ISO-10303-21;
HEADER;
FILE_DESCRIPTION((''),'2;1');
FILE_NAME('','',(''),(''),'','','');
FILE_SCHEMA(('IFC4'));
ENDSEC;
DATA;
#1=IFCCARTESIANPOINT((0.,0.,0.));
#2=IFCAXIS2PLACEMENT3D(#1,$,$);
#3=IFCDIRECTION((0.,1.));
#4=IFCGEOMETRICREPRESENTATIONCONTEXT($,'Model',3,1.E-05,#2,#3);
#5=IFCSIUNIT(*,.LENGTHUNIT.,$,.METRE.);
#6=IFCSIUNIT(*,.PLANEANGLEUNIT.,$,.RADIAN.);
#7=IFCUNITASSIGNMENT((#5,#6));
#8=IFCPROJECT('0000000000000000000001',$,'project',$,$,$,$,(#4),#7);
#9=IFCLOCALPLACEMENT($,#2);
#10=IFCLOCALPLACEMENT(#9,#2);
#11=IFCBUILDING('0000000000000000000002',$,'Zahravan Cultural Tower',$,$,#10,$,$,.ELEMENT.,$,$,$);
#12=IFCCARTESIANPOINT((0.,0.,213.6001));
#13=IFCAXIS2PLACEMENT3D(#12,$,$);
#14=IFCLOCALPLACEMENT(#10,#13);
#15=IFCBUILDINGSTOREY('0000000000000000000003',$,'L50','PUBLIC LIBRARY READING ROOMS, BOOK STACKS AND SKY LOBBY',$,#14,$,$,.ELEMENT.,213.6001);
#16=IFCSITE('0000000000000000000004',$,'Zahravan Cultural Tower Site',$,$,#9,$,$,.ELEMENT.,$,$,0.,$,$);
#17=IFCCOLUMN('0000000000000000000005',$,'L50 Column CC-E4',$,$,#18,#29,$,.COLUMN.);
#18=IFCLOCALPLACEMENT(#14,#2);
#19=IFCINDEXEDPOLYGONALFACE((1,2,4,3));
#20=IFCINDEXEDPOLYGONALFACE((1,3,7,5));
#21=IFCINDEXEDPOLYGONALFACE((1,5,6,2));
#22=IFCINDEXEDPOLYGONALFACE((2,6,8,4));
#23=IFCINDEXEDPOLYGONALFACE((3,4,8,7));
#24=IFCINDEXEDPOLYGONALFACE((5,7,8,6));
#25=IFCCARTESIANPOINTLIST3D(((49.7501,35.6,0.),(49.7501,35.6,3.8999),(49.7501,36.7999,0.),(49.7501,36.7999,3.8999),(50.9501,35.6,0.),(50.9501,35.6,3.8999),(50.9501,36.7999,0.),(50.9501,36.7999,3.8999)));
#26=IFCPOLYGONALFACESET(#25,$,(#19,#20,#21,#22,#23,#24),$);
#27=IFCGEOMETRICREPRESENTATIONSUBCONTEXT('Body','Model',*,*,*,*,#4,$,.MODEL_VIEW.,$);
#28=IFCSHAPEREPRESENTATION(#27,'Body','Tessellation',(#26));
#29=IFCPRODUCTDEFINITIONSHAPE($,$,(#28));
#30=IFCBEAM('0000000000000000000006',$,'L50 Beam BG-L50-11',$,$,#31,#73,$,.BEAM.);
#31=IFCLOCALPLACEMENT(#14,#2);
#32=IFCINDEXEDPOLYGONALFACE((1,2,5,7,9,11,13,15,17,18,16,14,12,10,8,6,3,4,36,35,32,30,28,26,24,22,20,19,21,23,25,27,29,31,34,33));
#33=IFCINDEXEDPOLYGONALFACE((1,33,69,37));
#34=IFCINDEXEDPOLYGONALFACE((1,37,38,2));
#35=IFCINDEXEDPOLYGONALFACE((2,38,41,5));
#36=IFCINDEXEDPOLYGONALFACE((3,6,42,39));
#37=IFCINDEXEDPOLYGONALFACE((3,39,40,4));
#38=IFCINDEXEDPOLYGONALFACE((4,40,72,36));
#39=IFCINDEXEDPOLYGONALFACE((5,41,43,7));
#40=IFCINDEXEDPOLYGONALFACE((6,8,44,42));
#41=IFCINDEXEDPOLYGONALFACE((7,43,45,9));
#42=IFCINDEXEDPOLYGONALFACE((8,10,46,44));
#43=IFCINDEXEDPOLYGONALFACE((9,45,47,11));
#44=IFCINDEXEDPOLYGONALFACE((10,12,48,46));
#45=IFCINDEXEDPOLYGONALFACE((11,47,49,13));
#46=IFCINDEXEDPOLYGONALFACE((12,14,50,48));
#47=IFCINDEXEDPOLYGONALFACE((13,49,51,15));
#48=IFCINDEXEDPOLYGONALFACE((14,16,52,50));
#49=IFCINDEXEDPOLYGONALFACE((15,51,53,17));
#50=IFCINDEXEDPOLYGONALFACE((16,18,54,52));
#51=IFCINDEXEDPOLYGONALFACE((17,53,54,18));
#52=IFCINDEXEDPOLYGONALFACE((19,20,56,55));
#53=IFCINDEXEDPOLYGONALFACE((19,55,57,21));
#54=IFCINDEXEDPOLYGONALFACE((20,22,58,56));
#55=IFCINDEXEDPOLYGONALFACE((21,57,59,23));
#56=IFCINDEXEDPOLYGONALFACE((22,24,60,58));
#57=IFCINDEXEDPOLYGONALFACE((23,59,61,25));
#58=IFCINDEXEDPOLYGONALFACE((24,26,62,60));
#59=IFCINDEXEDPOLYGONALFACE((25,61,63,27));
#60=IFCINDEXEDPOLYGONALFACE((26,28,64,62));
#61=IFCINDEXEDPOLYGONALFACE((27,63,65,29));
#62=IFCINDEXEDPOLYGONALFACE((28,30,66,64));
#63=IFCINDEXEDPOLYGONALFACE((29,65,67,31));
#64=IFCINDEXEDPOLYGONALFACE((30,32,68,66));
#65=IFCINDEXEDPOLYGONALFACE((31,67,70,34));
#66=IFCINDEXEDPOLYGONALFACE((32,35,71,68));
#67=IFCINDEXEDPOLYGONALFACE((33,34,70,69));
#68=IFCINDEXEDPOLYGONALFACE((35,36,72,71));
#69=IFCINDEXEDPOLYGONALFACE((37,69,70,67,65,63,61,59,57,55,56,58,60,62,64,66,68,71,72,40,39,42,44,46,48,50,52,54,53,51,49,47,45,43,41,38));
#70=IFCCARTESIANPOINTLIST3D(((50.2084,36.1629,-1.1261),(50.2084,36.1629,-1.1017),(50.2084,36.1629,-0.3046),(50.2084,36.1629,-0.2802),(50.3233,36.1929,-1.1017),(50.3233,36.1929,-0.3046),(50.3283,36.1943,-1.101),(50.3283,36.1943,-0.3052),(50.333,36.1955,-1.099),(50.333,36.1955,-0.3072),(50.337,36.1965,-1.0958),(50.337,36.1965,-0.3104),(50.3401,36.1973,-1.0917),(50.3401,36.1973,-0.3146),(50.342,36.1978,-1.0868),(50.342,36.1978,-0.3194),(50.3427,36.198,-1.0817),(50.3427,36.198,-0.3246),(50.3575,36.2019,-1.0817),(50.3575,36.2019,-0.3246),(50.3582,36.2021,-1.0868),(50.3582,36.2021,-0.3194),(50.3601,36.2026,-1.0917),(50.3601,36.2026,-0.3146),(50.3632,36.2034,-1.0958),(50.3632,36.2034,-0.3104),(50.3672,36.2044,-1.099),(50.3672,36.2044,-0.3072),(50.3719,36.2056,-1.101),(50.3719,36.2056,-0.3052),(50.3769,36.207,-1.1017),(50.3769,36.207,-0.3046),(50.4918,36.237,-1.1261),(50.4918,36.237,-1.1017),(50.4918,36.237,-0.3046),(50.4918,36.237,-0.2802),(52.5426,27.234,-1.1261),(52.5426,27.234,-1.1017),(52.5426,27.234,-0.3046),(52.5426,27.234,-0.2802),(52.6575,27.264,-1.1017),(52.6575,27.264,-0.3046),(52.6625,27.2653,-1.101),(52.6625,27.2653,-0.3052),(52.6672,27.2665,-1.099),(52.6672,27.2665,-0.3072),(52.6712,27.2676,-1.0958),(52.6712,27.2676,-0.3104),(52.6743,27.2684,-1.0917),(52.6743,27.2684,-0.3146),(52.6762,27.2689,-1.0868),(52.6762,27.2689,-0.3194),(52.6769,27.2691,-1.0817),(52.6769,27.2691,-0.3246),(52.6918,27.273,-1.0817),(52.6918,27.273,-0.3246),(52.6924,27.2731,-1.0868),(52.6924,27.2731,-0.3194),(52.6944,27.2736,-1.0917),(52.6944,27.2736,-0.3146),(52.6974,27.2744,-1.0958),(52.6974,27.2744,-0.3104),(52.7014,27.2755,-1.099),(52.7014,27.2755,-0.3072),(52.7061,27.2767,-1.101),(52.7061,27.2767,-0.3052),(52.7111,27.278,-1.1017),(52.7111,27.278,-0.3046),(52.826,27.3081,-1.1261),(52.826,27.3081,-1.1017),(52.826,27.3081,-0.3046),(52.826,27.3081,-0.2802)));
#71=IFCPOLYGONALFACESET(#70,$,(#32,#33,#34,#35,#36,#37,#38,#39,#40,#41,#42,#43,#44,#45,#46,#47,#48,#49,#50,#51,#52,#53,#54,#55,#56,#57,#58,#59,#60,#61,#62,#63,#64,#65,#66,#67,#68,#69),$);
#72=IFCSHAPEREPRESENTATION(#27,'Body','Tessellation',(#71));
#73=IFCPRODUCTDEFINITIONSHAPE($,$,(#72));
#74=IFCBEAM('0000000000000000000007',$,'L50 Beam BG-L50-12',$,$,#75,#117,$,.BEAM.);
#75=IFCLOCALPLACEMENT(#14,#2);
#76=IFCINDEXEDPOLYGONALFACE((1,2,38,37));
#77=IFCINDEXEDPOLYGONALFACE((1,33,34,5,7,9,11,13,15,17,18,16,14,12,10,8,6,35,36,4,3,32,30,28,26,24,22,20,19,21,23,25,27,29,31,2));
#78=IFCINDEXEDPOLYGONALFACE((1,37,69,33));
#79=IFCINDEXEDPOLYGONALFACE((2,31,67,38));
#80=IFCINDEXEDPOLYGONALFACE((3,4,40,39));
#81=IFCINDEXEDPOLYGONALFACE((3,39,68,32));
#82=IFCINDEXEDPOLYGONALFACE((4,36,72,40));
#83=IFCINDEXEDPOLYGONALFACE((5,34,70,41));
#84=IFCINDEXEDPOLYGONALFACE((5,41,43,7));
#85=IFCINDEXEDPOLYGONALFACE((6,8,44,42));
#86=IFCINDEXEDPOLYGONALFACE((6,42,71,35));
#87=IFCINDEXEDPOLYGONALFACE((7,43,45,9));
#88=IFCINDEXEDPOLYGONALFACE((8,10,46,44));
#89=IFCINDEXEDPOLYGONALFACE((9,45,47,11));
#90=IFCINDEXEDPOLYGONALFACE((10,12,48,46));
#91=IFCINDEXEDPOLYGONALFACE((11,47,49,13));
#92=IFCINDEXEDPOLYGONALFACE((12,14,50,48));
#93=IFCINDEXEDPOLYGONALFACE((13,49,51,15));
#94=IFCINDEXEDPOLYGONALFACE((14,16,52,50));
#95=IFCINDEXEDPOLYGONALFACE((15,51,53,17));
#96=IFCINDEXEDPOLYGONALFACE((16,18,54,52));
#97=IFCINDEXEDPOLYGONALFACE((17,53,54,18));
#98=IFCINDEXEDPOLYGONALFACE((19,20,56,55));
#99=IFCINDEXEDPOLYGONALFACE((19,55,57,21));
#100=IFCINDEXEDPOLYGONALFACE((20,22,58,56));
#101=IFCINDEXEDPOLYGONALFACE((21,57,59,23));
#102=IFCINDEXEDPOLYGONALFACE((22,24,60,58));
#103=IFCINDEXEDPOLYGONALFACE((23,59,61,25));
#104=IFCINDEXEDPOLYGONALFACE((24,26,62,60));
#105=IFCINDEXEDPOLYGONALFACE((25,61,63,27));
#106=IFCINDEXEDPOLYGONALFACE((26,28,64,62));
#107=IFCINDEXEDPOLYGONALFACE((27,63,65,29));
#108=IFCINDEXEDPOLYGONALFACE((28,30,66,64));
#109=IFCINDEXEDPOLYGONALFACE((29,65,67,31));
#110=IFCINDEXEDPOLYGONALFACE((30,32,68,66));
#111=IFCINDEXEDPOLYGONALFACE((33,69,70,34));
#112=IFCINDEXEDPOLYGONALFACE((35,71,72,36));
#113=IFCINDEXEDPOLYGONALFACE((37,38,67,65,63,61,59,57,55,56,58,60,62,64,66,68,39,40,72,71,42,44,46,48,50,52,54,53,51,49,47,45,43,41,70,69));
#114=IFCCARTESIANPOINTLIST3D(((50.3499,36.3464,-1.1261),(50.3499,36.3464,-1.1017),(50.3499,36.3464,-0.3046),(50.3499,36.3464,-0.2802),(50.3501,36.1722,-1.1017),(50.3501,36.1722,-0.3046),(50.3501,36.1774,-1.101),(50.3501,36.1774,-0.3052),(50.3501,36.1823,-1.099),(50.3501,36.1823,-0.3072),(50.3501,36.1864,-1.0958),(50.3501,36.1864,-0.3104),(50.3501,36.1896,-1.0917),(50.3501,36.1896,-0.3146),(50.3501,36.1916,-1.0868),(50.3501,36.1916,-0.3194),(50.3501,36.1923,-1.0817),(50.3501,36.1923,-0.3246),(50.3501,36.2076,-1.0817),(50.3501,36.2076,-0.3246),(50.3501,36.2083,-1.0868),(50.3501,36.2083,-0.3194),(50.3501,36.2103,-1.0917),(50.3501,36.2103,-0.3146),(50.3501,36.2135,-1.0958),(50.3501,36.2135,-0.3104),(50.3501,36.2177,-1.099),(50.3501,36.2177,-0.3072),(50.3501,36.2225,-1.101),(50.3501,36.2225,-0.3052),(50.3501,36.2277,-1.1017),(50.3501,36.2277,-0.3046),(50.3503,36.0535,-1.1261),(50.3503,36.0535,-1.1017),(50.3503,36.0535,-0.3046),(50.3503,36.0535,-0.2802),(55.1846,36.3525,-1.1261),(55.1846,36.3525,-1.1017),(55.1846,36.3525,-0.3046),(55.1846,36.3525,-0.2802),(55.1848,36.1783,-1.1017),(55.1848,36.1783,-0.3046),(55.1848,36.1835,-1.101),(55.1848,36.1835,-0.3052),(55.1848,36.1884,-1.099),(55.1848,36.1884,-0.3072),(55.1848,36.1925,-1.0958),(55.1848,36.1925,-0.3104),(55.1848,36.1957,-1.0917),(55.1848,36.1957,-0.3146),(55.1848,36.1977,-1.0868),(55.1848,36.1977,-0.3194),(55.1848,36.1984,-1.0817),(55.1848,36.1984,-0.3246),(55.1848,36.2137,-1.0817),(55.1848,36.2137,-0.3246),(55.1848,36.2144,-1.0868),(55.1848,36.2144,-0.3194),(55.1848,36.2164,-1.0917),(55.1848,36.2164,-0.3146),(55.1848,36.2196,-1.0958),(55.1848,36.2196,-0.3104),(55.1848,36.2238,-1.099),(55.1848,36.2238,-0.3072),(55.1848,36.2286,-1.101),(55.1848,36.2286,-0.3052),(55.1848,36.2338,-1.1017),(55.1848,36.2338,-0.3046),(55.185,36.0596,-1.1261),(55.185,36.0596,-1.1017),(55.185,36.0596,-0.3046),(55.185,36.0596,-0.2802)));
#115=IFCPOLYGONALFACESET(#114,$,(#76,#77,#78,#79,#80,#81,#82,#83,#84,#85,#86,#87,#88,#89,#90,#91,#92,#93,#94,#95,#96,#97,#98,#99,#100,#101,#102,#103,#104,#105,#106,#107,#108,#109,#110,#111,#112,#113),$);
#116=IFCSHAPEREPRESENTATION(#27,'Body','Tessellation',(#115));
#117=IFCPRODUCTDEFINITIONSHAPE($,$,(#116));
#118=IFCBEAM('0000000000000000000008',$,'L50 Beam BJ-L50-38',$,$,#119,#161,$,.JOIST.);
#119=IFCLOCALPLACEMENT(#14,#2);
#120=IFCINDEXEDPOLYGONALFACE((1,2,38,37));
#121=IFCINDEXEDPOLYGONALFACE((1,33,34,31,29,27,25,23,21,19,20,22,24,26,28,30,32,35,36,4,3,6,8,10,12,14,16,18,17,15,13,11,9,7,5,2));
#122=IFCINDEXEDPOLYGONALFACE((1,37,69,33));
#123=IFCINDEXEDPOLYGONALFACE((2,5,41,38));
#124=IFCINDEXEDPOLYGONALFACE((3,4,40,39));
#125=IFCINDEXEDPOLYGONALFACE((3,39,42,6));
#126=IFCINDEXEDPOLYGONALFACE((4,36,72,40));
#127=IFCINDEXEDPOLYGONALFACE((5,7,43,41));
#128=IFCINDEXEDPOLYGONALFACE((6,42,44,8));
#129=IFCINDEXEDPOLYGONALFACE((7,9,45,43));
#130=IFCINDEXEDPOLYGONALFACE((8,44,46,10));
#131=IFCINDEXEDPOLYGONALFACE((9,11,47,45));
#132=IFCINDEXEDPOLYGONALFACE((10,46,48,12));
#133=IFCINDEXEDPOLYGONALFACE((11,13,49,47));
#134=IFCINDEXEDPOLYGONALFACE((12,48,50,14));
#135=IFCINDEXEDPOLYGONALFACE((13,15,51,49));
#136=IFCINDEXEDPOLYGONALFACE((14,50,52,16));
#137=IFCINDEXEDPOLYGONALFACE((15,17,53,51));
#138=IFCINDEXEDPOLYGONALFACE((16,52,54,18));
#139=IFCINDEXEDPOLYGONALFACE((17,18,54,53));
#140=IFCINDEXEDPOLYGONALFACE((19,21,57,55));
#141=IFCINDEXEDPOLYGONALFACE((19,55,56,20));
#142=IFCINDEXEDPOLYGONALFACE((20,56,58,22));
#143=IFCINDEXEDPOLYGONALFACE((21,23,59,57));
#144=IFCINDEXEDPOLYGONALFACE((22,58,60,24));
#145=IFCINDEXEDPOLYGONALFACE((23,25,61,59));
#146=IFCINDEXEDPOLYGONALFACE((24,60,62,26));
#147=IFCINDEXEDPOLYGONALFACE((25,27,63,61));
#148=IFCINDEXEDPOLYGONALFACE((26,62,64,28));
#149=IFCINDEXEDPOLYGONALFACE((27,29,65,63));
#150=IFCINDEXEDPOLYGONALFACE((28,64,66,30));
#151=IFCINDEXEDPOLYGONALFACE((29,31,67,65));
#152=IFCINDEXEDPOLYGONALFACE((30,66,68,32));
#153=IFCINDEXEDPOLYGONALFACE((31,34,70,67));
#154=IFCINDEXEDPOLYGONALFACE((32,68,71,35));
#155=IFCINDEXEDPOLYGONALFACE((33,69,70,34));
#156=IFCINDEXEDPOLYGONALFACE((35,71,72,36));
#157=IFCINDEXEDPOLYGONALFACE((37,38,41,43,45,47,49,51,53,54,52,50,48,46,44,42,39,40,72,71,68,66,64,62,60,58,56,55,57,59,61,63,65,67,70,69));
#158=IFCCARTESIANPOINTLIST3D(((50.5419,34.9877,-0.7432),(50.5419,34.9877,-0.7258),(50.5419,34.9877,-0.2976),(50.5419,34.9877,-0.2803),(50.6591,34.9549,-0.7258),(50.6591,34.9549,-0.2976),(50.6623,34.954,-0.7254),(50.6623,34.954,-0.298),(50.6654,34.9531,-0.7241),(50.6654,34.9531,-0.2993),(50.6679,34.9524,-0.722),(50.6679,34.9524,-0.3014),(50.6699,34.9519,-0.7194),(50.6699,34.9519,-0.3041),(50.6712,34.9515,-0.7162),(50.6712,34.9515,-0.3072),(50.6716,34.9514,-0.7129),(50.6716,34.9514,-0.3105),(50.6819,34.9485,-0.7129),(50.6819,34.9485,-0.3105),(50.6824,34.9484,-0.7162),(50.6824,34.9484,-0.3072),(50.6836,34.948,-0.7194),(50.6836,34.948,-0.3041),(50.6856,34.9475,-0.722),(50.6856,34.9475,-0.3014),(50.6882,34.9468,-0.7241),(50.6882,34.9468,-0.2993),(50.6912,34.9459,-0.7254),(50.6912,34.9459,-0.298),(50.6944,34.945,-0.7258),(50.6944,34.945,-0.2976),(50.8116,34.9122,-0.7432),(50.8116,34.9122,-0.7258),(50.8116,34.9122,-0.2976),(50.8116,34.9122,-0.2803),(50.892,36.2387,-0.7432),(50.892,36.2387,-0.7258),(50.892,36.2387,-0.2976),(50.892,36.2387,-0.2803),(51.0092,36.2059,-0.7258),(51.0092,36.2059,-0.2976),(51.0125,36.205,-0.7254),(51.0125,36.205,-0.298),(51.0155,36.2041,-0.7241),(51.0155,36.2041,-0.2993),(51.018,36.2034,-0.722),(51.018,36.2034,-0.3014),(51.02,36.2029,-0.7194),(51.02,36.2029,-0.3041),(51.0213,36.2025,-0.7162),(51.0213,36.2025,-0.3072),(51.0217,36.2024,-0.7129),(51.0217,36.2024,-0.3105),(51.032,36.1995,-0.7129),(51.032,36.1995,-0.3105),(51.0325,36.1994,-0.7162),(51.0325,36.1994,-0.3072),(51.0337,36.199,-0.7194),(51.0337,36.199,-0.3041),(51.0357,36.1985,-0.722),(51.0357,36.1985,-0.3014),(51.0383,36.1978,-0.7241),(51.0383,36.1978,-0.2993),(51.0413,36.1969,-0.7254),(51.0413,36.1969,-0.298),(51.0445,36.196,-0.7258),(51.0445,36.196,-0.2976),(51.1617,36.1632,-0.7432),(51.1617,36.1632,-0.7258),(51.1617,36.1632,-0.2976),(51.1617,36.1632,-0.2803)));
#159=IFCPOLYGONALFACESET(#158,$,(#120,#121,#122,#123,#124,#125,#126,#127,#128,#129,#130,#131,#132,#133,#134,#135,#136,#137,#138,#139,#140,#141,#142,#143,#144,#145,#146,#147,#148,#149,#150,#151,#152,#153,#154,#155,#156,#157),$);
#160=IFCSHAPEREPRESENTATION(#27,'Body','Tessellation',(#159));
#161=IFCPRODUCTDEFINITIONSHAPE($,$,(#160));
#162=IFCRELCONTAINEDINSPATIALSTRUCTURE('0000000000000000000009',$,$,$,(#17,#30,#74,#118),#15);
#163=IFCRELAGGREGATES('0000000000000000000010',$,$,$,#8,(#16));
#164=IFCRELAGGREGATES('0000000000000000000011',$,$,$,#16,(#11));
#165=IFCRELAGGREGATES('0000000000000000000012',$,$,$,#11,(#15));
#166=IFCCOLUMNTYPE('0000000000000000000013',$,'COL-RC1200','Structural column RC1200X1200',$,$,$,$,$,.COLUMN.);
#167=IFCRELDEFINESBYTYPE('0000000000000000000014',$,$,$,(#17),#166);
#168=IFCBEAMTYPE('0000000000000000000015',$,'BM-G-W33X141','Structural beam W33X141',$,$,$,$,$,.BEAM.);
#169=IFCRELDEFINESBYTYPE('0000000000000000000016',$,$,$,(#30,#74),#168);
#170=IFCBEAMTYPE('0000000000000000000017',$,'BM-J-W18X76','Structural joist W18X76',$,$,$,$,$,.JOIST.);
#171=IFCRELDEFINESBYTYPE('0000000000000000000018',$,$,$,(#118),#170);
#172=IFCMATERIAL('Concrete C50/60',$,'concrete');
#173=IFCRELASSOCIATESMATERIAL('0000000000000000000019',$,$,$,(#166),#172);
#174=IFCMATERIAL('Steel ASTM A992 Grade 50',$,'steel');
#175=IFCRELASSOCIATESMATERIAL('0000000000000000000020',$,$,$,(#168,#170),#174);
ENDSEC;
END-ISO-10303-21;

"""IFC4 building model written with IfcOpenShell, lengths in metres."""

from ifc_helpers import new_model, si_unit, direction, frame, origin, origin_2d, place, context, subcontext, project, spatial, rectangle, i_section, extrude, source, transform, mapped, material, material_profile, profile_set, type_object, element, save


model = new_model("IFC4")

# Units and contexts
model_context = context("Model", 3, precision=1e-05, world=origin(), true_north=direction((0.0, 1.0)))
body_context = subcontext(model_context, "Body", "Model", "MODEL_VIEW")
ifc_project = project(units=[si_unit("LENGTHUNIT", "METRE"), si_unit("PLANEANGLEUNIT", "RADIAN")], contexts=[model_context])

# Site, building, storey
site_placement = place(None, origin())
site = spatial("IfcSite", under=ifc_project, at=site_placement, Name="Zahravan Cultural Tower Site", CompositionType="ELEMENT", RefElevation=0.0)
building_placement = place(site_placement, origin())
building = spatial("IfcBuilding", under=site, at=building_placement, Name="Zahravan Cultural Tower", CompositionType="ELEMENT")
storey_placement = place(building_placement, frame((0.0, 0.0, 213.6001)))
storey = spatial("IfcBuildingStorey", under=building, at=storey_placement, Name="L50", Description="PUBLIC LIBRARY READING ROOMS, BOOK STACKS AND SKY LOBBY", CompositionType="ELEMENT", Elevation=213.6001)

# Column
ifc_material_1 = material(Name="Concrete C50/60", Category="concrete")
ifc_material_profile_1 = material_profile(ifc_material_1, rectangle(XDim=1.2, YDim=1.2, at=origin_2d()), Name="RC1200X1200")
ifc_profile_set_1 = profile_set([ifc_material_profile_1], Name="Concrete C50/60")
column_type = type_object("IfcColumnType", Name="COL-RC1200", Description="Structural column RC1200X1200", PredefinedType="COLUMN", material=ifc_profile_set_1)
shared_shape_1 = source(origin(), body_context, "Body", "SweptSolid", [
    extrude(rectangle(XDim=1.2, YDim=1.2, at=origin_2d()), origin(), (0.0, 0.0, 1.0), 3.8999),
])
column_placement = place(storey_placement, frame((50.3501, 36.2, 0.0), z_axis=(0.0, 0.0, 1.0), x_axis=(1.0, 0.0, 0.0)))
element("IfcColumn", 1, at=column_placement, inside=storey, type_object=column_type, Name="L50 Column CC-E4", PredefinedType="COLUMN", context=body_context, shape_type="MappedRepresentation", body=[
    mapped(shared_shape_1, transform((0.0, 0.0, 0.0), x_axis=(1.0, 0.0, 0.0), y_axis=(0.0, 1.0, 0.0), z_axis=(0.0, 0.0, 1.0), scale=1.0)),
])

# Beams
ifc_material_2 = material(Name="Steel ASTM A992 Grade 50", Category="steel")
ifc_material_profile_2 = material_profile(ifc_material_2, i_section(OverallWidth=0.293, OverallDepth=0.8459, WebThickness=0.0154, FlangeThickness=0.0244, FilletRadius=0.02, at=origin_2d()), Name="W33X141")
ifc_profile_set_2 = profile_set([ifc_material_profile_2], Name="Steel ASTM A992 Grade 50")
beam_type_1 = type_object("IfcBeamType", Name="BM-G-W33X141", Description="Structural beam W33X141", PredefinedType="BEAM", material=ifc_profile_set_2)
shared_shape_2 = source(origin(), body_context, "Body", "SweptSolid", [
    extrude(i_section(OverallWidth=0.293, OverallDepth=0.8459, WebThickness=0.0154, FlangeThickness=0.0244, FilletRadius=0.02, at=origin_2d()), origin(), (0.0, 0.0, 1.0), 9.229),
])
beam_1_placement = place(storey_placement, frame((50.3501, 36.2, -0.7031), z_axis=(0.252923, -0.967487, 0.0), x_axis=(0.967487, 0.252923, 0.0)))
element("IfcBeam", 2, at=beam_1_placement, inside=storey, type_object=beam_type_1, Name="L50 Beam BG-L50-11", PredefinedType="BEAM", context=body_context, shape_type="MappedRepresentation", body=[
    mapped(shared_shape_2, transform((0.0, 0.0, 0.0), x_axis=(1.0, 0.0, 0.0), y_axis=(0.0, 1.0, 0.0), z_axis=(0.0, 0.0, 1.0), scale=1.0)),
])
shared_shape_3 = source(origin(), body_context, "Body", "SweptSolid", [
    extrude(i_section(OverallWidth=0.293, OverallDepth=0.8459, WebThickness=0.0154, FlangeThickness=0.0244, FilletRadius=0.02, at=origin_2d()), origin(), (0.0, 0.0, 1.0), 4.8347),
])
beam_2_placement = place(storey_placement, frame((50.3501, 36.2, -0.7031), z_axis=(0.999999, 0.001262, 0.0), x_axis=(-0.001262, 0.999999, 0.0)))
element("IfcBeam", 3, at=beam_2_placement, inside=storey, type_object=beam_type_1, Name="L50 Beam BG-L50-12", PredefinedType="BEAM", context=body_context, shape_type="MappedRepresentation", body=[
    mapped(shared_shape_3, transform((0.0, 0.0, 0.0), x_axis=(1.0, 0.0, 0.0), y_axis=(0.0, 1.0, 0.0), z_axis=(0.0, 0.0, 1.0), scale=1.0)),
])
ifc_material_profile_3 = material_profile(ifc_material_2, i_section(OverallWidth=0.28, OverallDepth=0.4629, WebThickness=0.0107, FlangeThickness=0.0173, FilletRadius=0.0129, at=origin_2d()), Name="W18X76")
ifc_profile_set_3 = profile_set([ifc_material_profile_3], Name="Steel ASTM A992 Grade 50")
beam_type_2 = type_object("IfcBeamType", Name="BM-J-W18X76", Description="Structural joist W18X76", PredefinedType="JOIST", material=ifc_profile_set_3)
shared_shape_4 = source(origin(), body_context, "Body", "SweptSolid", [
    extrude(i_section(OverallWidth=0.28, OverallDepth=0.4629, WebThickness=0.0107, FlangeThickness=0.0173, FilletRadius=0.0129, at=origin_2d()), origin(), (0.0, 0.0, 1.0), 1.2991),
])
beam_3_placement = place(storey_placement, frame((50.6768, 34.95, -0.5117), z_axis=(0.269504, 0.962999, 0.0), x_axis=(-0.962999, 0.269504, 0.0)))
element("IfcBeam", 4, at=beam_3_placement, inside=storey, type_object=beam_type_2, Name="L50 Beam BJ-L50-38", PredefinedType="JOIST", context=body_context, shape_type="MappedRepresentation", body=[
    mapped(shared_shape_4, transform((0.0, 0.0, 0.0), x_axis=(1.0, 0.0, 0.0), y_axis=(0.0, 1.0, 0.0), z_axis=(0.0, 0.0, 1.0), scale=1.0)),
])

save(model, "model.ifc")
